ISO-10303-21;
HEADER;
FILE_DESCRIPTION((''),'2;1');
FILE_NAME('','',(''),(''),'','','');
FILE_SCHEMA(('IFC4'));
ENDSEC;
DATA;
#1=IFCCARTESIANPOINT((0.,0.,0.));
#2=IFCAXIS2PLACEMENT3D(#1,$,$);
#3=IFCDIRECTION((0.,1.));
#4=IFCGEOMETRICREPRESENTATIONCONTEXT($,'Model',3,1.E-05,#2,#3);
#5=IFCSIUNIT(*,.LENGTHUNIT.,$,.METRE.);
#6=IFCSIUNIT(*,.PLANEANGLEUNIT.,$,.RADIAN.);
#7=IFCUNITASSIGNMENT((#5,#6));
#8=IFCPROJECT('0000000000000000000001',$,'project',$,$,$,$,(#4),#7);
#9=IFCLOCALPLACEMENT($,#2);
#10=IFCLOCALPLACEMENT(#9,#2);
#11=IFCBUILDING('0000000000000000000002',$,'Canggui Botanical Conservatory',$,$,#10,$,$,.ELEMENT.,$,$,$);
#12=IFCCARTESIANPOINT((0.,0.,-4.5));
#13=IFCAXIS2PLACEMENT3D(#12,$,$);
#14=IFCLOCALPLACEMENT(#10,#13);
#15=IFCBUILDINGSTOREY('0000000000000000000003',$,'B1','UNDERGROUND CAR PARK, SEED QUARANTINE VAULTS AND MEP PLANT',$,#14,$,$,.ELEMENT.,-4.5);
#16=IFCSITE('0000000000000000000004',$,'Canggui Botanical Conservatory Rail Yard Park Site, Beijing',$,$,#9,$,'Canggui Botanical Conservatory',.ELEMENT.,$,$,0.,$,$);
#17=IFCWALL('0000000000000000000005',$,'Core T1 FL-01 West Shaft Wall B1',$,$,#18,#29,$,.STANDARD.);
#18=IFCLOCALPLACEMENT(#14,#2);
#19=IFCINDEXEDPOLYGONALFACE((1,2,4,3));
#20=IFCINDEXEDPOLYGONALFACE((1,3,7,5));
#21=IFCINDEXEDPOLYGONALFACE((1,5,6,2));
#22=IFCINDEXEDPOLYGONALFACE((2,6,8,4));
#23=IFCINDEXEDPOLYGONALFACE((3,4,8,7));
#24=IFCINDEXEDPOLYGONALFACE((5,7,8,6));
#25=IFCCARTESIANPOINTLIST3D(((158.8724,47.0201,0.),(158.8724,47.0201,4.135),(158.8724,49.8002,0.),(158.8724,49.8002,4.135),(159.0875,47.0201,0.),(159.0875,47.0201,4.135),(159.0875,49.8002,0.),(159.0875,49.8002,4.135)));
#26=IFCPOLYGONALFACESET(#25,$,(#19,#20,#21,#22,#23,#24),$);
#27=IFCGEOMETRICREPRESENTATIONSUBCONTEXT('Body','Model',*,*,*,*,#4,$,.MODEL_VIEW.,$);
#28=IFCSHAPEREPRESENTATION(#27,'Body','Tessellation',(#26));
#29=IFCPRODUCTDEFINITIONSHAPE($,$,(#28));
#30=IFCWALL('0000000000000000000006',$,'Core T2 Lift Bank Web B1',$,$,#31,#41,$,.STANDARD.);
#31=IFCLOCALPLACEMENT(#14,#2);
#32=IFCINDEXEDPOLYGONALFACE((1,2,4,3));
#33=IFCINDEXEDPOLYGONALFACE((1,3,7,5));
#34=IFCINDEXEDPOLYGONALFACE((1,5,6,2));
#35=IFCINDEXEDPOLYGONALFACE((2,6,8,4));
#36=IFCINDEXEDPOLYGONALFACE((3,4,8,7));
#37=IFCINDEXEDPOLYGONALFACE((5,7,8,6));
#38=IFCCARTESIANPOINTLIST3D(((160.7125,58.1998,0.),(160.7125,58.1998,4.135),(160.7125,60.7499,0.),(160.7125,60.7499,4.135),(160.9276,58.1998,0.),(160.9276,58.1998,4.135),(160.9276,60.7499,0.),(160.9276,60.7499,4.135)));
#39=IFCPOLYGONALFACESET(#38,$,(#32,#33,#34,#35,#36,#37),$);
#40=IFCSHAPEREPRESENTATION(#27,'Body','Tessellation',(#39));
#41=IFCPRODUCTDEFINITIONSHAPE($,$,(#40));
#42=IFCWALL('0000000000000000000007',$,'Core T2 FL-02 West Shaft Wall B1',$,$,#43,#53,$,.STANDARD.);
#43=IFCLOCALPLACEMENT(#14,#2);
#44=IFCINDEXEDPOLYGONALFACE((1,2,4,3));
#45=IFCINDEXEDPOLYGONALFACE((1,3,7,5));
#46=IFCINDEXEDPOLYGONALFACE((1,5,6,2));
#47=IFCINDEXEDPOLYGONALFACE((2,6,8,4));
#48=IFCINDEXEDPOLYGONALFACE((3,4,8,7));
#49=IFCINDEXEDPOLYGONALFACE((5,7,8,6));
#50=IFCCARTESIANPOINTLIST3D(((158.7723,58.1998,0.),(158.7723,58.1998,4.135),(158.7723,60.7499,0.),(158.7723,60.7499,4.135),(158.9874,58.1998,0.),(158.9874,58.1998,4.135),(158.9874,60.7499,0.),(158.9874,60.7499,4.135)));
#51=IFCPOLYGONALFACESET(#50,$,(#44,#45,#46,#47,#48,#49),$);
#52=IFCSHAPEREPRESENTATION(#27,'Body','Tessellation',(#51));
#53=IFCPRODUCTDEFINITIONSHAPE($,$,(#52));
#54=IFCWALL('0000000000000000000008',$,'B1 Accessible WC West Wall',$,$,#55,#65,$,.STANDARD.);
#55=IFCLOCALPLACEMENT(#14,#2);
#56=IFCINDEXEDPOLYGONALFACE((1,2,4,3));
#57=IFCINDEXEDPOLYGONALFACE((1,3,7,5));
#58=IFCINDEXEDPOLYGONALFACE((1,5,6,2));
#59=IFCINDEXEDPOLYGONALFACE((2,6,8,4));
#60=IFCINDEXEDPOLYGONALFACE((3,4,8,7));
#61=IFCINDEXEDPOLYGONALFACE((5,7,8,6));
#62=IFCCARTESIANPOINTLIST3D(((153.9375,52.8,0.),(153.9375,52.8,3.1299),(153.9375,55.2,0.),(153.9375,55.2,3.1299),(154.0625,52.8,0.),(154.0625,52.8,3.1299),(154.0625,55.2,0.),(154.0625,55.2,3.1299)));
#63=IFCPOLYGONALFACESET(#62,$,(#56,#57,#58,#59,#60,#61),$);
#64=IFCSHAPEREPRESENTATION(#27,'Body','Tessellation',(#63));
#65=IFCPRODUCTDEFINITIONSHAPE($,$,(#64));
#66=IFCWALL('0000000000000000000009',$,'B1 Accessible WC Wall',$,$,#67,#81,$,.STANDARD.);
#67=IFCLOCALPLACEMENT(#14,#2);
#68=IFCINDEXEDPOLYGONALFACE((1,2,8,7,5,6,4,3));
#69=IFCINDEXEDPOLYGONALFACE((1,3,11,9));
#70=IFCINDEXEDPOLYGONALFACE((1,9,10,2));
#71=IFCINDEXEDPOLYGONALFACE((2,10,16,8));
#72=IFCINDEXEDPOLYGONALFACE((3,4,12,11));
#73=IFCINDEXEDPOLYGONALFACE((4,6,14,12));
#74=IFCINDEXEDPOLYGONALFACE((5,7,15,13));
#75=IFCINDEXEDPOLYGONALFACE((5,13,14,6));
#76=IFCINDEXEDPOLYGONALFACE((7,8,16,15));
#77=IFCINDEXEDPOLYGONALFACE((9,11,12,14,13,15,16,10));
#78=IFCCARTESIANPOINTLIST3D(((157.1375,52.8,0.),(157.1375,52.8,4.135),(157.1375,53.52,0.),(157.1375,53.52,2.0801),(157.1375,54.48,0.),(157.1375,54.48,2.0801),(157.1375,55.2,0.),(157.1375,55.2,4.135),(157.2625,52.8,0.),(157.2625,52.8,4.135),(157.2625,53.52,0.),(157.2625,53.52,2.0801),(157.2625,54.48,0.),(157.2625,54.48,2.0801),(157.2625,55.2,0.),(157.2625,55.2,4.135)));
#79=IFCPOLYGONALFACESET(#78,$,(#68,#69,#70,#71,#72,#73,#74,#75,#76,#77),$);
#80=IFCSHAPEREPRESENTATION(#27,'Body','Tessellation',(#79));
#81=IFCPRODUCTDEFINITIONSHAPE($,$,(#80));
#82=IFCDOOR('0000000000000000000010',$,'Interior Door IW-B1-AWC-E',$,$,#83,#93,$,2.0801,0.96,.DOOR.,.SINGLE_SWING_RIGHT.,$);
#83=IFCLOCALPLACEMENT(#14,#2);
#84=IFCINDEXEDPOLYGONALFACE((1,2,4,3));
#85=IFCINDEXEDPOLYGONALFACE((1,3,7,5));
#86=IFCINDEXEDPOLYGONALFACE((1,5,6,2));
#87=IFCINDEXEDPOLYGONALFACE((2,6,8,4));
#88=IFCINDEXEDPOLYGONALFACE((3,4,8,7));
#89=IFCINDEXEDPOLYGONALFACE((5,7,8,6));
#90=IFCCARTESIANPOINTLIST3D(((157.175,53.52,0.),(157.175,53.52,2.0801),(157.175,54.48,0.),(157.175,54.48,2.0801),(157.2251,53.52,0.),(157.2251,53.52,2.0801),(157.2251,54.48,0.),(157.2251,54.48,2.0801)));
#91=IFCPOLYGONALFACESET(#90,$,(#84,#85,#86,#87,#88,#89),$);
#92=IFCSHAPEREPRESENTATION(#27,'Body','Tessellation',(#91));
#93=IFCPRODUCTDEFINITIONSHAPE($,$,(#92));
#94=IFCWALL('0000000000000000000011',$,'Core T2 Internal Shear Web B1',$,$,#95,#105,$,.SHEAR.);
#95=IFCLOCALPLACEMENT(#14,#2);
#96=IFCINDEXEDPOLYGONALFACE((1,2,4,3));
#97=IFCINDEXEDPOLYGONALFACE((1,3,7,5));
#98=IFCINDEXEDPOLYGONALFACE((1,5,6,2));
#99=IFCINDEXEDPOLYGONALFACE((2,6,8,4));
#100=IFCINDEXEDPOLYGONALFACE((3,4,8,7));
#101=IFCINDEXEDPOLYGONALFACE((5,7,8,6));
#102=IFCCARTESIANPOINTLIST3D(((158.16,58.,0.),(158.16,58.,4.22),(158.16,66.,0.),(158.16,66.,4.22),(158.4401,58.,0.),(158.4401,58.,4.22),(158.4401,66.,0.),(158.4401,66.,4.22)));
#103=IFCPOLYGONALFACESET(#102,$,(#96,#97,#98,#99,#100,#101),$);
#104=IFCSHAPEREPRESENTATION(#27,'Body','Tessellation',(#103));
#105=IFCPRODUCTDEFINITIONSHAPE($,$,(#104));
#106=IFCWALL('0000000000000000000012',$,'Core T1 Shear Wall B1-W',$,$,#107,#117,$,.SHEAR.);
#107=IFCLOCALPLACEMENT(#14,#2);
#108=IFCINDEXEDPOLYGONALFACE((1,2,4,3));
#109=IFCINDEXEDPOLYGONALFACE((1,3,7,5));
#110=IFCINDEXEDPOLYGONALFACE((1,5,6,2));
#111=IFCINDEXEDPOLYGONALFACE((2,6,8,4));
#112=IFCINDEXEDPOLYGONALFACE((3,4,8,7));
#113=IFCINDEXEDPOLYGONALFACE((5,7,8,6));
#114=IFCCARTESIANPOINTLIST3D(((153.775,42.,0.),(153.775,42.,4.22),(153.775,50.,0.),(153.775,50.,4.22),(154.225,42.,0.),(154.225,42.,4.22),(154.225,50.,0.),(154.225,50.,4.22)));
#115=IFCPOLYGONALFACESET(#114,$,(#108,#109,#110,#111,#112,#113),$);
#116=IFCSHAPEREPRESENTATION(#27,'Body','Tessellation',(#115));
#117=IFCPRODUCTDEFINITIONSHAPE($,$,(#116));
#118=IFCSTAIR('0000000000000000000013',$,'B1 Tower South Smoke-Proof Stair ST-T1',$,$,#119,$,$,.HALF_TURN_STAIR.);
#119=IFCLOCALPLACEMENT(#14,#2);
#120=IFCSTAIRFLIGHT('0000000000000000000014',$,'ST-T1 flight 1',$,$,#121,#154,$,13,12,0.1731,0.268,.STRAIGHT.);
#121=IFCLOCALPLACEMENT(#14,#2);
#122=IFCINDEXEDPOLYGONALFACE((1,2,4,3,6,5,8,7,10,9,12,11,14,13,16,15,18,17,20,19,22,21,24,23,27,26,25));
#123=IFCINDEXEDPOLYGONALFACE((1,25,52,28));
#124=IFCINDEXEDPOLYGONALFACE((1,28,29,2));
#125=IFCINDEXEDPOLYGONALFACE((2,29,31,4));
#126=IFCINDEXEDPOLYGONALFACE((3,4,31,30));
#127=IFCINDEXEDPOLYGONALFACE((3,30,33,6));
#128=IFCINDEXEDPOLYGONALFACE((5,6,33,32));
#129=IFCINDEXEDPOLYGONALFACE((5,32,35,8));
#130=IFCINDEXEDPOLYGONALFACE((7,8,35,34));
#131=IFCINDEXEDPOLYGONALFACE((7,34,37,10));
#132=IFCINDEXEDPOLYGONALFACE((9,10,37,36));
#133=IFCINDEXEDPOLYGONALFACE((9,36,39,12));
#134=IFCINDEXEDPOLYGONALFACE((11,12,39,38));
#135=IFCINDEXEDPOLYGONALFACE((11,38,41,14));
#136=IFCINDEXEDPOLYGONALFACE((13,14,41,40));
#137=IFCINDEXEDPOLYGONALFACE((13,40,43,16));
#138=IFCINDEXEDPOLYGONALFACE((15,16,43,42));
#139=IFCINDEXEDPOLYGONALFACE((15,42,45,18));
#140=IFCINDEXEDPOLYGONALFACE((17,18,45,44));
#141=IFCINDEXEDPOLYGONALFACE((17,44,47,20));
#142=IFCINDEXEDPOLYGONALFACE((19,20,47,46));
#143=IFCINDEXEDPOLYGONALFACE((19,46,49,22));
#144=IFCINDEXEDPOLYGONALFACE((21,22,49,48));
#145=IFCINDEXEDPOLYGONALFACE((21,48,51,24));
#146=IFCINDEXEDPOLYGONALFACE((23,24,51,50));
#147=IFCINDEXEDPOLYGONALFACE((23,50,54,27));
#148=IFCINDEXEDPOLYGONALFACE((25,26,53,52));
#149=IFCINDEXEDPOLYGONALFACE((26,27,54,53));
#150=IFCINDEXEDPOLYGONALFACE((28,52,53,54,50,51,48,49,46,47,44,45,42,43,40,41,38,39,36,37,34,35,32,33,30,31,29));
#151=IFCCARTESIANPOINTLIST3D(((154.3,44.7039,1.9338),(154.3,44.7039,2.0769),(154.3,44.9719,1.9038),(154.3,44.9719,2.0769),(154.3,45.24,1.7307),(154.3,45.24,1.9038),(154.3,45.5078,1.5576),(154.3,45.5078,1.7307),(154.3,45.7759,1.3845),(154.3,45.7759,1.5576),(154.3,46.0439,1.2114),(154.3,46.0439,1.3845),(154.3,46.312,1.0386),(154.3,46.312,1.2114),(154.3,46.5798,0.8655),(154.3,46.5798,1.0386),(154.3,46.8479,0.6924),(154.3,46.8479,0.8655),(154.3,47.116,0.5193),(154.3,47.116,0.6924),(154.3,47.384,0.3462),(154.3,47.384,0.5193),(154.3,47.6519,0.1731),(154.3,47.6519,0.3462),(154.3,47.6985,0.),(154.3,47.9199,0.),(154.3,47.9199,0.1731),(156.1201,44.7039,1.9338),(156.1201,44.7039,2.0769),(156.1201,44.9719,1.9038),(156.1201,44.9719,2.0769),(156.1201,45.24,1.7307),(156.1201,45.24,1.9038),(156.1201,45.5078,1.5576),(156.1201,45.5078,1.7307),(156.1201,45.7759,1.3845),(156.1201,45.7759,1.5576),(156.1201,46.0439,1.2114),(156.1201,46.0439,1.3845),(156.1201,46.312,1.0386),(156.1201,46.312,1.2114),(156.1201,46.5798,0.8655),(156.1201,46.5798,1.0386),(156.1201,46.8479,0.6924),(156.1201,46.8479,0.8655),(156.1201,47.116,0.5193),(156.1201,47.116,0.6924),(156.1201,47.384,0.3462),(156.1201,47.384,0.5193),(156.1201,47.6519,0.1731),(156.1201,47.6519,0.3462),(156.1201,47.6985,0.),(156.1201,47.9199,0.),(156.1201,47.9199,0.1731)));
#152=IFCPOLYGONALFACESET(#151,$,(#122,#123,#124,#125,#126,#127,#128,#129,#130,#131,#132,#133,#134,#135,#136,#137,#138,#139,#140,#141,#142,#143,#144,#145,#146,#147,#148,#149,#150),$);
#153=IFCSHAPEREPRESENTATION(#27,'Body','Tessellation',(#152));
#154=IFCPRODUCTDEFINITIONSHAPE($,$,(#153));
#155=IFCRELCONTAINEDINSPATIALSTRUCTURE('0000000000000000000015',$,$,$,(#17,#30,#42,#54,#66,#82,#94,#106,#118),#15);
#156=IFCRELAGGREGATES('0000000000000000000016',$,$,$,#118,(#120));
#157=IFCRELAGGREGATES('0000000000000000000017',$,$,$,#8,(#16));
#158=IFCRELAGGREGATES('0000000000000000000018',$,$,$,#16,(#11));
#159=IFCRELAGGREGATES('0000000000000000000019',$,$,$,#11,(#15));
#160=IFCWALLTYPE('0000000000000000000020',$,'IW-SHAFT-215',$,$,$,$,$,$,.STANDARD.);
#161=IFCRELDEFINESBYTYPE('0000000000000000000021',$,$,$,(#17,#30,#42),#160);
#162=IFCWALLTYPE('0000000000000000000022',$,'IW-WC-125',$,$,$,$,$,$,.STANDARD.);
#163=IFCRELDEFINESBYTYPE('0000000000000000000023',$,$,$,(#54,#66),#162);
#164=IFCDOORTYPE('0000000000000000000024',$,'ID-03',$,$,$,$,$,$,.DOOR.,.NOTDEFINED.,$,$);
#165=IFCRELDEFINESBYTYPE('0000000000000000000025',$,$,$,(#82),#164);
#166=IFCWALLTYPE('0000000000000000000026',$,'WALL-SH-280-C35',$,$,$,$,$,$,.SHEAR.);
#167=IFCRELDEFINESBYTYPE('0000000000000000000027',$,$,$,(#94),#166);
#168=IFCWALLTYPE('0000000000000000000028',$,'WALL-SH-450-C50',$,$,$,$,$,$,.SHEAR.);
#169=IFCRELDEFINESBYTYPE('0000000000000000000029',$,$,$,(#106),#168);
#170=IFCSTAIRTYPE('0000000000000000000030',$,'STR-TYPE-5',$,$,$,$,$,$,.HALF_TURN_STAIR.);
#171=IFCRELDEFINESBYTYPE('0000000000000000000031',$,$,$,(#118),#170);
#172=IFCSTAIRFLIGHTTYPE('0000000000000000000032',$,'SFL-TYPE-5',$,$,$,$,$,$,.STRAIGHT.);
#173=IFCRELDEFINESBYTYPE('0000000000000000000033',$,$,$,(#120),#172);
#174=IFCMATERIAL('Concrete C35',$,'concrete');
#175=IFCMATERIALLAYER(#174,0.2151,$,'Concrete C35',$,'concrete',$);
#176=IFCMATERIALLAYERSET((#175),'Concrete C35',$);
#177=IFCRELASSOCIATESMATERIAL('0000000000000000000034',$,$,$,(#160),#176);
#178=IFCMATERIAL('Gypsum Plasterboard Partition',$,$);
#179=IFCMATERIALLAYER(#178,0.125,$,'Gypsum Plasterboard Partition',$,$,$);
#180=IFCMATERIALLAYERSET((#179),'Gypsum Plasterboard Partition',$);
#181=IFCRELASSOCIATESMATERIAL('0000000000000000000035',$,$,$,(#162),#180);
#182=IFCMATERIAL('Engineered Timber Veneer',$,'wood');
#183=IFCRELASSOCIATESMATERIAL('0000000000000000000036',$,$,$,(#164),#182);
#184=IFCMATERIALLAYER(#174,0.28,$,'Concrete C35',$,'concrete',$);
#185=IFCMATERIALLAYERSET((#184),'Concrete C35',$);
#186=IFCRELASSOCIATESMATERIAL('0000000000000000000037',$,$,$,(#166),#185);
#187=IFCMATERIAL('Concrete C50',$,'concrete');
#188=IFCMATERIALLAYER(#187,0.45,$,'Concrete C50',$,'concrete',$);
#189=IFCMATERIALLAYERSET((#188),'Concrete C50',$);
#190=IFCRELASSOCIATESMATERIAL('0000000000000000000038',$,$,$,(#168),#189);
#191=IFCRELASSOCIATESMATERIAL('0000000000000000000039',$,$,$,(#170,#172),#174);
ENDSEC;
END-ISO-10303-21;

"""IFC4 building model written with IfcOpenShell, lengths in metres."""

from ifc_helpers import new_model, si_unit, direction, frame, frame_2d, origin, place, context, subcontext, project, spatial, polyline, rectangle, outline, extrude, material, layer, layer_set, type_object, element, fill, aggregate, save


model = new_model("IFC4")

# Units and contexts
model_context = context("Model", 3, precision=1e-05, world=origin(), true_north=direction((0.0, 1.0)))
body_context = subcontext(model_context, "Body", "Model", "MODEL_VIEW")
ifc_project = project(units=[si_unit("LENGTHUNIT", "METRE"), si_unit("PLANEANGLEUNIT", "RADIAN")], contexts=[model_context])

# Site, building, storey
site_placement = place(None, origin())
site = spatial("IfcSite", under=ifc_project, at=site_placement, Name="Canggui Botanical Conservatory Rail Yard Park Site, Beijing", LongName="Canggui Botanical Conservatory", CompositionType="ELEMENT", RefElevation=0.0)
building_placement = place(site_placement, origin())
building = spatial("IfcBuilding", under=site, at=building_placement, Name="Canggui Botanical Conservatory", CompositionType="ELEMENT")
storey_placement = place(building_placement, frame((0.0, 0.0, -4.5)))
storey = spatial("IfcBuildingStorey", under=building, at=storey_placement, Name="B1", Description="UNDERGROUND CAR PARK, SEED QUARANTINE VAULTS AND MEP PLANT", CompositionType="ELEMENT", Elevation=-4.5)

# Shared definitions
ifc_material_1 = material(Name="Concrete C50", Category="concrete")

# Shared definitions
ifc_material_2 = material(Name="Concrete C35", Category="concrete")

# Walls
ifc_layer_1 = layer(ifc_material_2, 0.2151, Name="Concrete C35", Category="concrete")
ifc_layer_set_1 = layer_set([ifc_layer_1], Name="Concrete C35")
wall_type_1 = type_object("IfcWallType", Name="IW-SHAFT-215", PredefinedType="STANDARD", material=ifc_layer_set_1)
wall_1_placement = place(storey_placement, frame((158.98, 47.02, 0.0), z_axis=(0.0, 0.0, 1.0), x_axis=(0.0, 1.0, 0.0)))
element("IfcWall", 1, at=wall_1_placement, inside=storey, type_object=wall_type_1, Name="Core T1 FL-01 West Shaft Wall B1", PredefinedType="STANDARD", context=body_context, shape_type="SweptSolid", body=[
    extrude(rectangle(XDim=2.78, YDim=0.2151, at=frame_2d((1.3901, 0.0))), origin(), (0.0, 0.0, 1.0), 4.135),
])
for number, where, z_axis, x_axis, name in (
    (2, (160.8201, 58.2, 0.0), (0.0, 0.0, 1.0), (0.0, 1.0, 0.0), "Core T2 Lift Bank Web B1"),
    (3, (158.8799, 58.2, 0.0), (0.0, 0.0, 1.0), (0.0, 1.0, 0.0), "Core T2 FL-02 West Shaft Wall B1"),
):
    element("IfcWall", number, at=place(storey_placement, frame(where, z_axis=z_axis, x_axis=x_axis)), inside=storey, type_object=wall_type_1, Name=name, PredefinedType="STANDARD", context=body_context, shape_type="SweptSolid", body=[
        extrude(rectangle(XDim=2.55, YDim=0.2151, at=frame_2d((1.2749, 0.0))), origin(), (0.0, 0.0, 1.0), 4.135),
    ])
ifc_material_3 = material(Name="Gypsum Plasterboard Partition")
ifc_layer_2 = layer(ifc_material_3, 0.125, Name="Gypsum Plasterboard Partition")
ifc_layer_set_2 = layer_set([ifc_layer_2], Name="Gypsum Plasterboard Partition")
wall_type_2 = type_object("IfcWallType", Name="IW-WC-125", PredefinedType="STANDARD", material=ifc_layer_set_2)
wall_2_placement = place(storey_placement, frame((154.0, 52.8, 0.0), z_axis=(0.0, 0.0, 1.0), x_axis=(0.0, 1.0, 0.0)))
element("IfcWall", 4, at=wall_2_placement, inside=storey, type_object=wall_type_2, Name="B1 Accessible WC West Wall", PredefinedType="STANDARD", context=body_context, shape_type="SweptSolid", body=[
    extrude(rectangle(XDim=2.3999, YDim=0.125, at=frame_2d((1.2, 0.0))), origin(), (0.0, 0.0, 1.0), 3.1299),
])

# Wall, opening, door
wall_3_placement = place(storey_placement, frame((157.2, 52.8, 0.0), z_axis=(0.0, 0.0, 1.0), x_axis=(0.0, 1.0, 0.0)))
wall_3 = element("IfcWall", 5, at=wall_3_placement, inside=storey, type_object=wall_type_2, Name="B1 Accessible WC Wall", PredefinedType="STANDARD", context=body_context, shape_type="SweptSolid", body=[
    extrude(rectangle(XDim=2.3999, YDim=0.125, at=frame_2d((1.2, 0.0))), origin(), (0.0, 0.0, 1.0), 4.135),
])
opening_1_placement = place(wall_3_placement, frame((0.72, 0.0, 0.0)))
opening_1 = element("IfcOpeningElement", 6, at=opening_1_placement, cuts=wall_3, PredefinedType="OPENING", context=body_context, shape_type="SweptSolid", body=[
    extrude(rectangle(XDim=0.96, YDim=2.0801, at=frame_2d((0.48, 1.04))), frame((0.0, 0.0725, 0.0), z_axis=(0.0, -1.0, 0.0), x_axis=(1.0, 0.0, 0.0)), (0.0, 0.0, 1.0), 0.145),
])
ifc_material_4 = material(Name="Engineered Timber Veneer", Category="wood")
door_type_1 = type_object("IfcDoorType", Name="ID-03", OperationType="NOTDEFINED", PredefinedType="DOOR", material=ifc_material_4)
door_1_placement = place(opening_1_placement, origin())
door_1 = element("IfcDoor", 7, at=door_1_placement, inside=storey, type_object=door_type_1, Name="Interior Door IW-B1-AWC-E", OperationType="SINGLE_SWING_RIGHT", OverallHeight=2.0801, OverallWidth=0.96, PredefinedType="DOOR", context=body_context, shape_type="SweptSolid", body=[
    extrude(rectangle(XDim=0.96, YDim=2.0801, at=frame_2d((0.48, 1.04))), frame((0.0, 0.0249, 0.0), z_axis=(0.0, -1.0, 0.0), x_axis=(1.0, 0.0, 0.0)), (0.0, 0.0, 1.0), 0.05),
])
fill(opening_1, door_1)

# Walls
ifc_layer_3 = layer(ifc_material_2, 0.28, Name="Concrete C35", Category="concrete")
ifc_layer_set_3 = layer_set([ifc_layer_3], Name="Concrete C35")
wall_type_3 = type_object("IfcWallType", Name="WALL-SH-280-C35", PredefinedType="SHEAR", material=ifc_layer_set_3)
wall_4_placement = place(storey_placement, frame((158.3, 58.0, 0.0), z_axis=(0.0, 0.0, 1.0), x_axis=(0.0, 1.0, 0.0)))
element("IfcWall", 8, at=wall_4_placement, inside=storey, type_object=wall_type_3, Name="Core T2 Internal Shear Web B1", PredefinedType="SHEAR", context=body_context, shape_type="SweptSolid", body=[
    extrude(rectangle(XDim=8.0, YDim=0.28, at=frame_2d((4.0, 0.0))), origin(), (0.0, 0.0, 1.0), 4.22),
])
ifc_layer_4 = layer(ifc_material_1, 0.45, Name="Concrete C50", Category="concrete")
ifc_layer_set_4 = layer_set([ifc_layer_4], Name="Concrete C50")
wall_type_4 = type_object("IfcWallType", Name="WALL-SH-450-C50", PredefinedType="SHEAR", material=ifc_layer_set_4)
wall_5_placement = place(storey_placement, frame((154.0, 50.0, 0.0), z_axis=(0.0, 0.0, 1.0), x_axis=(0.0, -1.0, 0.0)))
element("IfcWall", 9, at=wall_5_placement, inside=storey, type_object=wall_type_4, Name="Core T1 Shear Wall B1-W", PredefinedType="SHEAR", context=body_context, shape_type="SweptSolid", body=[
    extrude(rectangle(XDim=8.0, YDim=0.45, at=frame_2d((4.0, 0.0))), origin(), (0.0, 0.0, 1.0), 4.22),
])

# Stair, stair flight
stair_type = type_object("IfcStairType", Name="STR-TYPE-5", PredefinedType="HALF_TURN_STAIR", material=ifc_material_2)
stair_placement = place(storey_placement, origin())
stair = element("IfcStair", 10, at=stair_placement, inside=storey, type_object=stair_type, Name="B1 Tower South Smoke-Proof Stair ST-T1", PredefinedType="HALF_TURN_STAIR")
stair_flight_type = type_object("IfcStairFlightType", Name="SFL-TYPE-5", PredefinedType="STRAIGHT", material=ifc_material_2)
stair_flight_1_placement = place(storey_placement, frame((155.21, 47.9199, 0.0), z_axis=(0.0, 0.0, 1.0), x_axis=(0.0, -1.0, 0.0)))
stair_flight_1 = element("IfcStairFlight", 11, at=stair_flight_1_placement, type_object=stair_flight_type, Name="ST-T1 flight 1", NumberOfRisers=13, NumberOfTreads=12, PredefinedType="STRAIGHT", RiserHeight=0.1731, TreadLength=0.268, context=body_context, shape_type="SweptSolid", body=[
    extrude(outline(polyline([(0.0, 0.0), (0.0, 0.1731), (0.2681, 0.1731), (0.2681, 0.3462), (0.5359, 0.3462), (0.5359, 0.5193), (0.804, 0.5193), (0.804, 0.6924), (1.072, 0.6924), (1.072, 0.8655), (1.3401, 0.8655), (1.3401, 1.0386), (1.6079, 1.0386), (1.6079, 1.2114), (1.876, 1.2114), (1.876, 1.3845), (2.144, 1.3845), (2.144, 1.5576), (2.4121, 1.5576), (2.4121, 1.7307), (2.6799, 1.7307), (2.6799, 1.9038), (2.948, 1.9038), (2.948, 2.0769), (3.2161, 2.0769), (3.2161, 2.25), (3.2161, 1.9338), (0.2214, 0.0), (0.0, 0.0)])), frame((0.0, 0.9102, 0.0), z_axis=(0.0, -1.0, 0.0), x_axis=(1.0, 0.0, 0.0)), (0.0, 0.0, 1.0), 1.8201),
])
aggregate(stair, [stair_flight_1])

save(model, "model.ifc")
